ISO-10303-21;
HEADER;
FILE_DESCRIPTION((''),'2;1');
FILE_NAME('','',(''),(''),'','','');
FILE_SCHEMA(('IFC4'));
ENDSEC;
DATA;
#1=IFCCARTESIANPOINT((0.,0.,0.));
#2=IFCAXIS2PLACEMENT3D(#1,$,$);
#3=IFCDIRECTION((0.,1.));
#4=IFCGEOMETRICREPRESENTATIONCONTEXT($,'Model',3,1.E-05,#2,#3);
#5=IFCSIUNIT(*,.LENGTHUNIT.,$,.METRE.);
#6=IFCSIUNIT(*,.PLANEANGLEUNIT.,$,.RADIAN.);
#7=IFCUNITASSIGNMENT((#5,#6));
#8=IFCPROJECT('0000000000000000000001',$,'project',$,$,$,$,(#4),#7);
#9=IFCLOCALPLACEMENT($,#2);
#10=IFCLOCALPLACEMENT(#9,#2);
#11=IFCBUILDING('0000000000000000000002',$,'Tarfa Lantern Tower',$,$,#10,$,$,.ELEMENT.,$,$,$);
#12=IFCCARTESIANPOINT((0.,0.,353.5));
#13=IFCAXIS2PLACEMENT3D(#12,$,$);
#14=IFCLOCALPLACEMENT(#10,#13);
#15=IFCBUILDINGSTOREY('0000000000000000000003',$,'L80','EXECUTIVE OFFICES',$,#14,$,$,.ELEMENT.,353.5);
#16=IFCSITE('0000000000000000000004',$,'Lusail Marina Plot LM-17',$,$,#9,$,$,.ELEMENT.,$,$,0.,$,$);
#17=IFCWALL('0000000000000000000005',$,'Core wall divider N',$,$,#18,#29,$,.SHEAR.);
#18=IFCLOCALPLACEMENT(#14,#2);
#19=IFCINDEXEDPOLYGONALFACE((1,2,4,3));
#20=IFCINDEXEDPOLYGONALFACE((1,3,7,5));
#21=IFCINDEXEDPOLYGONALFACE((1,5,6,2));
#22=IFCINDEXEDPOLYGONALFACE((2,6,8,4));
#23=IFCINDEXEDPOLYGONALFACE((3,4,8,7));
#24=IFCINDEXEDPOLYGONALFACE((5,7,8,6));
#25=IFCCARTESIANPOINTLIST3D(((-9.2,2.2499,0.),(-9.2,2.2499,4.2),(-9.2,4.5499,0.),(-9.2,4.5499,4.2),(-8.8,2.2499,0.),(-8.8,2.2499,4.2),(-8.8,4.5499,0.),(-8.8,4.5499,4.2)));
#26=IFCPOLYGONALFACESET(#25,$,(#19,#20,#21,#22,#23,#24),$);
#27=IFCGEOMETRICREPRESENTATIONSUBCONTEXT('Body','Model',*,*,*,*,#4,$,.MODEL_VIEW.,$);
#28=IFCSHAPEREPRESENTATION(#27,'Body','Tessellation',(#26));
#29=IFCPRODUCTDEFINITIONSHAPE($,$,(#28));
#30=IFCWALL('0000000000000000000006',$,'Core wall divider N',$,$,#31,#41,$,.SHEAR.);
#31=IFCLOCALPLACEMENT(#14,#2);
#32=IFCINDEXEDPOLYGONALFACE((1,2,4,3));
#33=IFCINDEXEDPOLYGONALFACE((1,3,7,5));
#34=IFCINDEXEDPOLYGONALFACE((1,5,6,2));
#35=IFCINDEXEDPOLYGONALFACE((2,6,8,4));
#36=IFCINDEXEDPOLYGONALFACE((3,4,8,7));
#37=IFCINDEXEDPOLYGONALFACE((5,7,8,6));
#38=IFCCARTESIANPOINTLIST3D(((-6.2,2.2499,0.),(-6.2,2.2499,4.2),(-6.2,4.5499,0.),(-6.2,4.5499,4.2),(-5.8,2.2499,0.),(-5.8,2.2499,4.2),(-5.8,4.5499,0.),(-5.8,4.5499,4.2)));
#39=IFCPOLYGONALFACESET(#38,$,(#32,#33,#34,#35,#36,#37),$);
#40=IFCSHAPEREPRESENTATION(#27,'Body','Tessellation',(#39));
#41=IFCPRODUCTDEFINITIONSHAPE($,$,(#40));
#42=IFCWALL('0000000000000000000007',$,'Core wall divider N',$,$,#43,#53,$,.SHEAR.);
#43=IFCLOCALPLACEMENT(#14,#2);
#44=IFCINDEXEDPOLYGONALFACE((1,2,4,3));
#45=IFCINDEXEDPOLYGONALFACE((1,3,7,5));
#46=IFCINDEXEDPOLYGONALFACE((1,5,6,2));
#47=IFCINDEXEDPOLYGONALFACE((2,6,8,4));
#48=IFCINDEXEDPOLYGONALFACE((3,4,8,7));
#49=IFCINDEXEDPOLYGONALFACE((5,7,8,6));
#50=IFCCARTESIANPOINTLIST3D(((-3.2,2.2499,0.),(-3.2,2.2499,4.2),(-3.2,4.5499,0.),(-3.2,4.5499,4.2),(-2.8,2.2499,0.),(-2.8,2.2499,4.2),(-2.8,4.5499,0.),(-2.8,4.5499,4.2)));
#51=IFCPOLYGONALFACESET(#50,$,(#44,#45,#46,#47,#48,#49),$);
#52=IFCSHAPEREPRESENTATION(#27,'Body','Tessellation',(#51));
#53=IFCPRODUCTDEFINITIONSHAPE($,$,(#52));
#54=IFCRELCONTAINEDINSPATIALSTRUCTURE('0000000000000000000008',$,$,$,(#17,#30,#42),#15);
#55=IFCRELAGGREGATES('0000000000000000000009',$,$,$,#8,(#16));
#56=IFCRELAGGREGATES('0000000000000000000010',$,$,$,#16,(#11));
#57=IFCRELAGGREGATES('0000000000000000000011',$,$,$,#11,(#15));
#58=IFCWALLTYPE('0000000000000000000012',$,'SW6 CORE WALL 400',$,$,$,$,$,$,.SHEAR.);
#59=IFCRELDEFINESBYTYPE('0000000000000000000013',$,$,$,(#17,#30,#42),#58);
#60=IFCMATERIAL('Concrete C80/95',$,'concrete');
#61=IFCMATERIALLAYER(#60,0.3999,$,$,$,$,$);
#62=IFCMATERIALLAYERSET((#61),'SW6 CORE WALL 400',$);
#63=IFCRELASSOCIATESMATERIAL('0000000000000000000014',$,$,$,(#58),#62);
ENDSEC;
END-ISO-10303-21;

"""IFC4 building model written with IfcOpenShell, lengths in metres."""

from ifc_helpers import new_model, si_unit, direction, frame, frame_2d, origin, place, context, subcontext, project, spatial, rectangle, extrude, material, layer, layer_set, type_object, element, save


model = new_model("IFC4")

# Units and contexts
model_context = context("Model", 3, precision=1e-05, world=origin(), true_north=direction((0.0, 1.0)))
body_context = subcontext(model_context, "Body", "Model", "MODEL_VIEW")
ifc_project = project(units=[si_unit("LENGTHUNIT", "METRE"), si_unit("PLANEANGLEUNIT", "RADIAN")], contexts=[model_context])

# Site, building, storey
site_placement = place(None, origin())
site = spatial("IfcSite", under=ifc_project, at=site_placement, Name="Lusail Marina Plot LM-17", CompositionType="ELEMENT", RefElevation=0.0)
building_placement = place(site_placement, origin())
building = spatial("IfcBuilding", under=site, at=building_placement, Name="Tarfa Lantern Tower", CompositionType="ELEMENT")
storey_placement = place(building_placement, frame((0.0, 0.0, 353.5)))
storey = spatial("IfcBuildingStorey", under=building, at=storey_placement, Name="L80", Description="EXECUTIVE OFFICES", CompositionType="ELEMENT", Elevation=353.5)

# Shared definitions
ifc_material_1 = material(Name="Concrete C80/95", Category="concrete")

# Walls
ifc_layer_1 = layer(ifc_material_1, 0.3999)
ifc_layer_set_1 = layer_set([ifc_layer_1], Name="SW6 CORE WALL 400")
wall_type_1 = type_object("IfcWallType", Name="SW6 CORE WALL 400", PredefinedType="SHEAR", material=ifc_layer_set_1)
for number, where, z_axis, x_axis, name in (
    (1, (-9.0, 2.25, 0.0), (0.0, 0.0, 1.0), (0.0, 1.0, 0.0), "Core wall divider N"),
    (2, (-6.0, 2.25, 0.0), (0.0, 0.0, 1.0), (0.0, 1.0, 0.0), "Core wall divider N"),
    (3, (-3.0, 2.25, 0.0), (0.0, 0.0, 1.0), (0.0, 1.0, 0.0), "Core wall divider N"),
):
    element("IfcWall", number, at=place(storey_placement, frame(where, z_axis=z_axis, x_axis=x_axis)), inside=storey, type_object=wall_type_1, Name=name, PredefinedType="SHEAR", context=body_context, shape_type="SweptSolid", body=[
        extrude(rectangle(XDim=2.3, YDim=0.3999, at=frame_2d((1.1499, 0.0))), origin(), (0.0, 0.0, 1.0), 4.2),
    ])

save(model, "model.ifc")
